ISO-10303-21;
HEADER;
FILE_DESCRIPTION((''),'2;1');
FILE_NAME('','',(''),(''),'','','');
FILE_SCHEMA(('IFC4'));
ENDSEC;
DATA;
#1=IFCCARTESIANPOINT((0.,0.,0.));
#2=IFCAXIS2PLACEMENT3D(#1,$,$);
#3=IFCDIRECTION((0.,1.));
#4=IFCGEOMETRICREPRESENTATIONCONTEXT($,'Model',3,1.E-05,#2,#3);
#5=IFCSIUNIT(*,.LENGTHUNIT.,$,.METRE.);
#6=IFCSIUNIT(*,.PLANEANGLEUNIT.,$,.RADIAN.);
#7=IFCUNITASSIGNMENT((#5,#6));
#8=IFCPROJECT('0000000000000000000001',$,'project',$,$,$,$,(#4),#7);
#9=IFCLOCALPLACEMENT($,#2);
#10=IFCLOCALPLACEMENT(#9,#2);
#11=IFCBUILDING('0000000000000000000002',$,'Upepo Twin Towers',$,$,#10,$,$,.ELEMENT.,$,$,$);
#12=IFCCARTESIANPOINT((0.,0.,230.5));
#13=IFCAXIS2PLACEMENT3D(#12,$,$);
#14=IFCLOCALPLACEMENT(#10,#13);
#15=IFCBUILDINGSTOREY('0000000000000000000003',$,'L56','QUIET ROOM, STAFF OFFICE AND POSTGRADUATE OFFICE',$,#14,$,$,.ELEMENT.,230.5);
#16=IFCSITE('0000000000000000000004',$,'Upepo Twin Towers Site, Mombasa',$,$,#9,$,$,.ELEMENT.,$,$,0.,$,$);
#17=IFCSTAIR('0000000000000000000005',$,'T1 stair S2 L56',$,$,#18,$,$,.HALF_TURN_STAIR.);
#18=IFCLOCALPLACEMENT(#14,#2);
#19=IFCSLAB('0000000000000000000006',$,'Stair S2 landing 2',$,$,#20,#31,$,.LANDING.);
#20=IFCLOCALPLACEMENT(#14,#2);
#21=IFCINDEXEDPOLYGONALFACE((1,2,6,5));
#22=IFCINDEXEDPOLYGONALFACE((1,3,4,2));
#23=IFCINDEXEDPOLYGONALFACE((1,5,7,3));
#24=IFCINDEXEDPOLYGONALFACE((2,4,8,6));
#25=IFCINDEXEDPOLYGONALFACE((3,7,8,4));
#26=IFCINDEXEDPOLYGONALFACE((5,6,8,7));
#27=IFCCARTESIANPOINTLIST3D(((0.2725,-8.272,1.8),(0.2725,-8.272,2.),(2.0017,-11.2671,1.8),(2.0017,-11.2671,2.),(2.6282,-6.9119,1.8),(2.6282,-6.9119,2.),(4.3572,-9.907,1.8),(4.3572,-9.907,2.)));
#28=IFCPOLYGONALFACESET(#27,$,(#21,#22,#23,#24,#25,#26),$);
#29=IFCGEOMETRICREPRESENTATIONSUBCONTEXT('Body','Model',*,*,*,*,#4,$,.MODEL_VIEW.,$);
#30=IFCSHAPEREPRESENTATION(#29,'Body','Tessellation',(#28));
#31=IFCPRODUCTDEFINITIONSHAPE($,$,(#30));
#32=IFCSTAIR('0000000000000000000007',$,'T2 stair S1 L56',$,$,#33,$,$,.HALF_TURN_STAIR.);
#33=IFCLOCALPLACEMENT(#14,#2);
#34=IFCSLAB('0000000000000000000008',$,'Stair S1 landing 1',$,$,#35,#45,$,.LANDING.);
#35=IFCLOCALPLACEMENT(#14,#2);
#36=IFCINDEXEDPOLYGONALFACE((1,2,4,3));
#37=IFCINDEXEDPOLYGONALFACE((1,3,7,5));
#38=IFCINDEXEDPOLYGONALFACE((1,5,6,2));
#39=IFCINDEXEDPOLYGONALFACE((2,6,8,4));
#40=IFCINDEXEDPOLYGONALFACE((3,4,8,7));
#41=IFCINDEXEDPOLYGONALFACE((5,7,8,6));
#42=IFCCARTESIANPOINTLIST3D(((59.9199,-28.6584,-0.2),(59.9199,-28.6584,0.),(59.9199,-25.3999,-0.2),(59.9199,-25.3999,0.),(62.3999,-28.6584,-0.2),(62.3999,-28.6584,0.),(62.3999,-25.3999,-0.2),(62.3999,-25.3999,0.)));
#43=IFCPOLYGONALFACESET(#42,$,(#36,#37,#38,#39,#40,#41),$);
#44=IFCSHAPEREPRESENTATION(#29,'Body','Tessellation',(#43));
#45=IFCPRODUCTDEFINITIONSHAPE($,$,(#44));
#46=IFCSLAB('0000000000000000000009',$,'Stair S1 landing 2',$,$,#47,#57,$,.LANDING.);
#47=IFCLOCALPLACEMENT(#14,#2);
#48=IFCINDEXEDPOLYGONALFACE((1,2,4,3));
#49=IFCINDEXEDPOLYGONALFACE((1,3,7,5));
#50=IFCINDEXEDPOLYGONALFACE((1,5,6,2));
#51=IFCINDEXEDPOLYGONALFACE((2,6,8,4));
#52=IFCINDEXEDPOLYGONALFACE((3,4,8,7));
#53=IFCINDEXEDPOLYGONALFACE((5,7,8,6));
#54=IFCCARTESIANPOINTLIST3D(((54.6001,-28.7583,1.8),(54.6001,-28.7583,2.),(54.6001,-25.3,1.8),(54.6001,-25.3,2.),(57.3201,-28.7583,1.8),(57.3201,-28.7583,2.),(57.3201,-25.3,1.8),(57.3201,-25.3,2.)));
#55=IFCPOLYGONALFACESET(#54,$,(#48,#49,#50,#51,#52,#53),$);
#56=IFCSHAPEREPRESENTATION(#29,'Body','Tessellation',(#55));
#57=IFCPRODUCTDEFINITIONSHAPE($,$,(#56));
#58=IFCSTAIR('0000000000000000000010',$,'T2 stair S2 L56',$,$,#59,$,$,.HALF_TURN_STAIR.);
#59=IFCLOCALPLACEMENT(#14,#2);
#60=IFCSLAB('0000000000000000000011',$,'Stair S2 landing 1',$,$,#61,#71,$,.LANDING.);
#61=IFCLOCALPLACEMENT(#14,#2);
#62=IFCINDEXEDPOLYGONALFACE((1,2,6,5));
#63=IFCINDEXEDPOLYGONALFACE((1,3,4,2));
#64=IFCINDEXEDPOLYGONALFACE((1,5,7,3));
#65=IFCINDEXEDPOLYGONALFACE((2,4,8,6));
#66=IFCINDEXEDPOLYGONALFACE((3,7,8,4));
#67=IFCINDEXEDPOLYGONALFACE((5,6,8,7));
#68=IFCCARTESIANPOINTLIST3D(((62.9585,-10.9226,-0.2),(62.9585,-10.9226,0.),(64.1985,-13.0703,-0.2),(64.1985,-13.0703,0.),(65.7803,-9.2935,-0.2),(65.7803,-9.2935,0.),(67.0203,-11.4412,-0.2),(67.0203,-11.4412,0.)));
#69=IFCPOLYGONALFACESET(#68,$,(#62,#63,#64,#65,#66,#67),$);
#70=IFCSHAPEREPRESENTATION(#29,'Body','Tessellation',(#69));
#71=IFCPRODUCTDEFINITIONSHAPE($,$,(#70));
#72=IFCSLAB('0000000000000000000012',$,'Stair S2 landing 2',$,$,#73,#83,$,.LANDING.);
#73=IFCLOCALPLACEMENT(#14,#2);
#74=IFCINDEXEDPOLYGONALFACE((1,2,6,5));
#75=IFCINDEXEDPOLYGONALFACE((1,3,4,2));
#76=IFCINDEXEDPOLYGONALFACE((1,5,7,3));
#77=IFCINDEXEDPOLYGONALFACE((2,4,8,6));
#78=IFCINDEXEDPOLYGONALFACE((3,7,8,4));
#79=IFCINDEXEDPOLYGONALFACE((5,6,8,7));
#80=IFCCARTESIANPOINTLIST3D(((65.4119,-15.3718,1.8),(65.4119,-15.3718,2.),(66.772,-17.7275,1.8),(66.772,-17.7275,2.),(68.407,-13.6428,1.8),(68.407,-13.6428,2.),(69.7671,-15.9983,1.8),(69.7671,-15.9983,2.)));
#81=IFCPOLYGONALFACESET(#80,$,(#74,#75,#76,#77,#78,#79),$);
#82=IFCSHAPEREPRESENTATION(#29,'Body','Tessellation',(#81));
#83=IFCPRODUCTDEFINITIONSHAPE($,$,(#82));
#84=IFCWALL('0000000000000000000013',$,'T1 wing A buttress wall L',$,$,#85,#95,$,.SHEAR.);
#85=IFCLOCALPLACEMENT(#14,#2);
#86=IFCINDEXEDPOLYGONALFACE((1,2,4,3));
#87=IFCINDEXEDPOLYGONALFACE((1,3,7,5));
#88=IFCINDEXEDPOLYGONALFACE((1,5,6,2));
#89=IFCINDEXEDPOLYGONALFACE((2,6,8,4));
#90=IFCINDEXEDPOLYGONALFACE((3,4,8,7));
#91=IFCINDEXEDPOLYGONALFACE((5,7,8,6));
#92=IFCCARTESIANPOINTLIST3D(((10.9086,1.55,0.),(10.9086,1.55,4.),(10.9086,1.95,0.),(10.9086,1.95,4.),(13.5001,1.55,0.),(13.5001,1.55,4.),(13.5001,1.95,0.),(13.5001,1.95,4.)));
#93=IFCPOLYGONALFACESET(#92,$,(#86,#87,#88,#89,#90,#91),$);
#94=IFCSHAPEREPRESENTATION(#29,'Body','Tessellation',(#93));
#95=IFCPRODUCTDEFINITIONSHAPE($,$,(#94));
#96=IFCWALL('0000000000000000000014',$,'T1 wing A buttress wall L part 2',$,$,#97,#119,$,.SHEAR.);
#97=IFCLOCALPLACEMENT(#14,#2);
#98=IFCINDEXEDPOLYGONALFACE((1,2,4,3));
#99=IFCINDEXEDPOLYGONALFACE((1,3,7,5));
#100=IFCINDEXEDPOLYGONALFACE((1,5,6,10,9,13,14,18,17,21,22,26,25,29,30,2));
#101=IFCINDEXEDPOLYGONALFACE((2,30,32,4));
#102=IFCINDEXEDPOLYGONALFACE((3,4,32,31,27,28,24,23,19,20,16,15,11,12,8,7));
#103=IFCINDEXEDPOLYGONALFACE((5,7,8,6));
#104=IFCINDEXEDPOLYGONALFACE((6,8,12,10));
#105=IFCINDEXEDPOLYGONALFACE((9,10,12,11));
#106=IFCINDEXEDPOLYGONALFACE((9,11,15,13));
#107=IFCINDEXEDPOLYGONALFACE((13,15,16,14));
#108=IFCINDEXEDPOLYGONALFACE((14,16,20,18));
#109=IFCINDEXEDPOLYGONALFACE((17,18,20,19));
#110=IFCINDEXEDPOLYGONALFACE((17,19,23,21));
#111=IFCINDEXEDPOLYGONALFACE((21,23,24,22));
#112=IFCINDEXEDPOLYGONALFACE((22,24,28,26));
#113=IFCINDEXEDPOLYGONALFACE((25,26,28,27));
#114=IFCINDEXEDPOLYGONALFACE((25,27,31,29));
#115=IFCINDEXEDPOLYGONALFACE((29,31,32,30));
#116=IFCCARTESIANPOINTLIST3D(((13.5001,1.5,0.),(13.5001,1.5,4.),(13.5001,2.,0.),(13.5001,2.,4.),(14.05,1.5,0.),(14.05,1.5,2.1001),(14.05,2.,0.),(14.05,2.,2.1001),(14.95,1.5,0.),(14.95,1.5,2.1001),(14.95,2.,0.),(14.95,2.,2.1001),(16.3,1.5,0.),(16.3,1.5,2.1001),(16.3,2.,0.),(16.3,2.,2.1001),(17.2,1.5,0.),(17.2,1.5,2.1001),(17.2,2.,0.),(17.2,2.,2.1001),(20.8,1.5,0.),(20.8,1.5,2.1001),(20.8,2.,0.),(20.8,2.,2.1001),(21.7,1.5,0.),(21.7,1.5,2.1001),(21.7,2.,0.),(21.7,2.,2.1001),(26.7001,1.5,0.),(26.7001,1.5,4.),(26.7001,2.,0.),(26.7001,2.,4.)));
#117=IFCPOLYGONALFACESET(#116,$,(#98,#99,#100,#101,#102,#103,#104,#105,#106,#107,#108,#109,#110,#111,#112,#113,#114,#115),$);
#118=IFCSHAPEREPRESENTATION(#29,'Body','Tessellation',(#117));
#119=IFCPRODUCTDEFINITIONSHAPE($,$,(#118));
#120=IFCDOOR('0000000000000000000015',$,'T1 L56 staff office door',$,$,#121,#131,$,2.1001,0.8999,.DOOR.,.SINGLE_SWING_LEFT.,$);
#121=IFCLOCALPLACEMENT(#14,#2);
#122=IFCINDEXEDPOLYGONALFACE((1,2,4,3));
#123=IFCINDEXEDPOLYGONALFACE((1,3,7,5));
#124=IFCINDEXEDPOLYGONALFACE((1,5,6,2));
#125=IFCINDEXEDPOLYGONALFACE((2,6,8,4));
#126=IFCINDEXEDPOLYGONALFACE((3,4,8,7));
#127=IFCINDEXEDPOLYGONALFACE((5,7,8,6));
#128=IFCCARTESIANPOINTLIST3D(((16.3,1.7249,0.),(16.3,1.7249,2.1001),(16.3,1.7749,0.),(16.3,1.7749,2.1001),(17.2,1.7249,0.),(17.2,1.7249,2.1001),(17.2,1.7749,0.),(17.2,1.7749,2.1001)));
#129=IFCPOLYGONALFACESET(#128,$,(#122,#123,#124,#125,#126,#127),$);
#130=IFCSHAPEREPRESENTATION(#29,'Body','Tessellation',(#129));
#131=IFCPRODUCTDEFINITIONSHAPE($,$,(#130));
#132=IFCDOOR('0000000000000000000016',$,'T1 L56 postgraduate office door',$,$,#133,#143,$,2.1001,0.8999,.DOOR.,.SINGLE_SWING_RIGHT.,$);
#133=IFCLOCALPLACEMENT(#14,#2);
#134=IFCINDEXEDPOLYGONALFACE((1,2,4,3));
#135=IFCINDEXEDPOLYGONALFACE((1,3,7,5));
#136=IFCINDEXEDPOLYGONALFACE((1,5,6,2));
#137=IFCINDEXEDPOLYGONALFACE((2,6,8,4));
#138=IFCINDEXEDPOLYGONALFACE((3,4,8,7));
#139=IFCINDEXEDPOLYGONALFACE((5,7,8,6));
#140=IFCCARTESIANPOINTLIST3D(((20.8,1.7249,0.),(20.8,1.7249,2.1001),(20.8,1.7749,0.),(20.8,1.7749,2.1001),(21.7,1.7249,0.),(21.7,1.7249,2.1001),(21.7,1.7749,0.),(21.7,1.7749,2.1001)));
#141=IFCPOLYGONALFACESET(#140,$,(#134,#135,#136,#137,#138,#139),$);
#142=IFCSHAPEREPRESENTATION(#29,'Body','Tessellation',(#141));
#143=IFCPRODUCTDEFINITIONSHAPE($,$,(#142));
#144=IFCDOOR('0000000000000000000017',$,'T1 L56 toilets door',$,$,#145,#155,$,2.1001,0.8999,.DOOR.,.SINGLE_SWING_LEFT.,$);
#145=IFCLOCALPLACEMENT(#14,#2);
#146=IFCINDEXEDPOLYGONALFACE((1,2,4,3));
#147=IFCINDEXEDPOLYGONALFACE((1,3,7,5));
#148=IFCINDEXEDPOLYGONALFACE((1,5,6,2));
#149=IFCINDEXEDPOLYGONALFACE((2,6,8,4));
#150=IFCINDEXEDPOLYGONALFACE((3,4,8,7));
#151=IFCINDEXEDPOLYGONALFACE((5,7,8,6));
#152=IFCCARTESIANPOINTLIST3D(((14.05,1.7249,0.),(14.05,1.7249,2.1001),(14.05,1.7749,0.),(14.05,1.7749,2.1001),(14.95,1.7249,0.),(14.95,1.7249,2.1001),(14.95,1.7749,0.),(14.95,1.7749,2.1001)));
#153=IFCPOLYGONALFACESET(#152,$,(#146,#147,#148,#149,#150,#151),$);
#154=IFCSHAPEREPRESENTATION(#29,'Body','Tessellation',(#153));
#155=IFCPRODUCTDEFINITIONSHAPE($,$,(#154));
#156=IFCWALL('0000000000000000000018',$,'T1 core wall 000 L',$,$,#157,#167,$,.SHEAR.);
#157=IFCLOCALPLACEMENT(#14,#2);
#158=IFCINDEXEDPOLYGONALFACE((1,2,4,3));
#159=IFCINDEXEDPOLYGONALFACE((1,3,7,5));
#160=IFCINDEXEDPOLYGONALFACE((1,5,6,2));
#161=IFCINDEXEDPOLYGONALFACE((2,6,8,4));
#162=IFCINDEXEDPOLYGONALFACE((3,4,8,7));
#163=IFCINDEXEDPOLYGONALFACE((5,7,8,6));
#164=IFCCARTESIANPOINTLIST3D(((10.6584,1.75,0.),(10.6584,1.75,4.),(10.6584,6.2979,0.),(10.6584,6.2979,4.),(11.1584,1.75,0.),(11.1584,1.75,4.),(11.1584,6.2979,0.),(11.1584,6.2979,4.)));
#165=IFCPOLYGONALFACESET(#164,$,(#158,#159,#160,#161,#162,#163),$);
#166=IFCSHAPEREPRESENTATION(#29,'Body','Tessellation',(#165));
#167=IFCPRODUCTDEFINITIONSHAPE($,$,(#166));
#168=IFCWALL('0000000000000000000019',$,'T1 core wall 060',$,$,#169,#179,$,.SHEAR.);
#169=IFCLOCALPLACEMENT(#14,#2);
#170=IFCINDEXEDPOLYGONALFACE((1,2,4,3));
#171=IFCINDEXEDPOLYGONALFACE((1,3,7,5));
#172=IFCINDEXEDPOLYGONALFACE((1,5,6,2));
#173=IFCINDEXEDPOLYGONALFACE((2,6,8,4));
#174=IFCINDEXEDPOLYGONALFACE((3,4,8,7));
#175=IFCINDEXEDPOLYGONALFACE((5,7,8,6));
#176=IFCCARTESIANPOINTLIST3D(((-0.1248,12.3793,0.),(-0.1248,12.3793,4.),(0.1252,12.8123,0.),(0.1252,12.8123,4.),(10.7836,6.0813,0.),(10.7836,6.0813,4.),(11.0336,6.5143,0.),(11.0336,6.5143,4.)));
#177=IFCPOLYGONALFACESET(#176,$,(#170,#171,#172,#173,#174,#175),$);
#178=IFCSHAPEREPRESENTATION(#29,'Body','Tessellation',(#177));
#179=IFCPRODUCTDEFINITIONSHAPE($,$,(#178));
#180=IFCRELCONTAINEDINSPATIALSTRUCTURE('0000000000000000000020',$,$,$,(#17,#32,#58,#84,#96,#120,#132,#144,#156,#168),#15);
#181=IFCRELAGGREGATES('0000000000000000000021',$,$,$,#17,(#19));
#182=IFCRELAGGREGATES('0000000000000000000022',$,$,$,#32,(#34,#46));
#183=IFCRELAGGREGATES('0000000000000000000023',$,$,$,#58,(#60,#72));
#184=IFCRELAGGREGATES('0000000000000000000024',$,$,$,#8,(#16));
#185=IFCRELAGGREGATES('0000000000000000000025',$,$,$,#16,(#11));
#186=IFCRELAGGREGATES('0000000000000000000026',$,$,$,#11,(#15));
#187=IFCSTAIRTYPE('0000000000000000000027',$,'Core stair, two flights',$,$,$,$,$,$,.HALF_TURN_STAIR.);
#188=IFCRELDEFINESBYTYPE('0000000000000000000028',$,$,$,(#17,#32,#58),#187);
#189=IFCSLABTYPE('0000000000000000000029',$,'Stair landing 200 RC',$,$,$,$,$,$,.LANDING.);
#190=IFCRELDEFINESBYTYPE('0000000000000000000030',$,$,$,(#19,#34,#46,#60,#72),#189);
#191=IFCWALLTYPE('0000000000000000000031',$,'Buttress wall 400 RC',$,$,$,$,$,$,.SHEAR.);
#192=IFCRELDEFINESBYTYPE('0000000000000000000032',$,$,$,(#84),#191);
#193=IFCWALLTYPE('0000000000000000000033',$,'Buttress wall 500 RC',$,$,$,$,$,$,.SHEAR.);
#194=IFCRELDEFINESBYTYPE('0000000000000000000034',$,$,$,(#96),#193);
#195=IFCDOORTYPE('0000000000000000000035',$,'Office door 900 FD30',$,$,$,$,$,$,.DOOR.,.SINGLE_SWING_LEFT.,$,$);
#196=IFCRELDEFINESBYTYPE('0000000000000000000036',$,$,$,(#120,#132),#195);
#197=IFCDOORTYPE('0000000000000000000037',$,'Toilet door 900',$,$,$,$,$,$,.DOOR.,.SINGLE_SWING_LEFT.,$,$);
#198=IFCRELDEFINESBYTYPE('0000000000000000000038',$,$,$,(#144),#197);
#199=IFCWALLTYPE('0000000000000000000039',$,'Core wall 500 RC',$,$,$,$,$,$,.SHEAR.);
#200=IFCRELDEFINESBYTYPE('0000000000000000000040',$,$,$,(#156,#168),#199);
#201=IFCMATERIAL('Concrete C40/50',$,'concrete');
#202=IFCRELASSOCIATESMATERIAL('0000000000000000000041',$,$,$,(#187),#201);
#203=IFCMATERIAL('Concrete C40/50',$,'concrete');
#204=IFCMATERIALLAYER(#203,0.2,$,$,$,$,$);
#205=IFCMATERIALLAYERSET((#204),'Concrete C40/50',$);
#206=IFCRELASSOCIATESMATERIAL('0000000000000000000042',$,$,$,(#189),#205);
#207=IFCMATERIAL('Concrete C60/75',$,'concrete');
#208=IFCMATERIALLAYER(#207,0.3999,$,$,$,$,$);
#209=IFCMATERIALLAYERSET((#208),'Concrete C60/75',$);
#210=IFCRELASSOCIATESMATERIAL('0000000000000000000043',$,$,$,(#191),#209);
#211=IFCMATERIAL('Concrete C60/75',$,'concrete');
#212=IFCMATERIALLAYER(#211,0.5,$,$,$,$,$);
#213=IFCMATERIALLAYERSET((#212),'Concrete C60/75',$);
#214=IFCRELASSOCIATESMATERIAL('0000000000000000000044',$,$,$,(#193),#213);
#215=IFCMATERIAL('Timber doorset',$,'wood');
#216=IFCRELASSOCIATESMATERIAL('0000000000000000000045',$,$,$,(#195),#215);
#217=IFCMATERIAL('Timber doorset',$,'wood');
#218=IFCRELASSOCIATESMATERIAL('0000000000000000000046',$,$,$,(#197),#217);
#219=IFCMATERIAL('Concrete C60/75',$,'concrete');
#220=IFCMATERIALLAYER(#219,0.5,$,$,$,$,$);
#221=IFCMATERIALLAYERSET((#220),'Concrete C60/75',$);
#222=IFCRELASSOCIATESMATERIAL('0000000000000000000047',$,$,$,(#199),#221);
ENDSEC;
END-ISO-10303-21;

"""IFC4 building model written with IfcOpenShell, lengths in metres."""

from ifc_helpers import new_model, si_unit, direction, frame, frame_2d, origin, place, context, subcontext, project, spatial, polyline, rectangle, outline, extrude, material, layer, layer_set, type_object, element, fill, aggregate, save


model = new_model("IFC4")

# Units and contexts
model_context = context("Model", 3, precision=1e-05, world=origin(), true_north=direction((0.0, 1.0)))
body_context = subcontext(model_context, "Body", "Model", "MODEL_VIEW")
ifc_project = project(units=[si_unit("LENGTHUNIT", "METRE"), si_unit("PLANEANGLEUNIT", "RADIAN")], contexts=[model_context])

# Site, building, storey
site_placement = place(None, origin())
site = spatial("IfcSite", under=ifc_project, at=site_placement, Name="Upepo Twin Towers Site, Mombasa", CompositionType="ELEMENT", RefElevation=0.0)
building_placement = place(site_placement, origin())
building = spatial("IfcBuilding", under=site, at=building_placement, Name="Upepo Twin Towers", CompositionType="ELEMENT")
storey_placement = place(building_placement, frame((0.0, 0.0, 230.5)))
storey = spatial("IfcBuildingStorey", under=building, at=storey_placement, Name="L56", Description="QUIET ROOM, STAFF OFFICE AND POSTGRADUATE OFFICE", CompositionType="ELEMENT", Elevation=230.5)

# Stair, slab
ifc_material_1 = material(Name="Concrete C40/50", Category="concrete")
stair_type = type_object("IfcStairType", Name="Core stair, two flights", PredefinedType="HALF_TURN_STAIR", material=ifc_material_1)
stair_1_placement = place(storey_placement, origin())
stair_1 = element("IfcStair", 1, at=stair_1_placement, inside=storey, type_object=stair_type, Name="T1 stair S2 L56", PredefinedType="HALF_TURN_STAIR")
ifc_material_2 = material(Name="Concrete C40/50", Category="concrete")
ifc_layer_1 = layer(ifc_material_2, 0.2)
ifc_layer_set_1 = layer_set([ifc_layer_1], Name="Concrete C40/50")
slab_type = type_object("IfcSlabType", Name="Stair landing 200 RC", PredefinedType="LANDING", material=ifc_layer_set_1)
slab_1_placement = place(storey_placement, frame((0.0, 0.0, 1.8)))
slab_1 = element("IfcSlab", 2, at=slab_1_placement, type_object=slab_type, Name="Stair S2 landing 2", PredefinedType="LANDING", context=body_context, shape_type="SweptSolid", body=[
    extrude(outline(polyline([(0.2725, -8.272), (2.0017, -11.2671), (4.3572, -9.907), (2.6282, -6.9119), (0.2725, -8.272)])), origin(), (0.0, 0.0, 1.0), 0.2),
])
aggregate(stair_1, [slab_1])

# Stairs, slabs
stair_2_placement = place(storey_placement, origin())
stair_2 = element("IfcStair", 3, at=stair_2_placement, inside=storey, type_object=stair_type, Name="T2 stair S1 L56", PredefinedType="HALF_TURN_STAIR")
slab_2_placement = place(storey_placement, frame((0.0, 0.0, -0.2)))
slab_2 = element("IfcSlab", 4, at=slab_2_placement, type_object=slab_type, Name="Stair S1 landing 1", PredefinedType="LANDING", context=body_context, shape_type="SweptSolid", body=[
    extrude(outline(polyline([(59.9199, -25.3999), (59.9199, -28.6584), (62.3999, -28.6584), (62.3999, -25.3999), (59.9199, -25.3999)])), origin(), (0.0, 0.0, 1.0), 0.2),
])
slab_3_placement = place(storey_placement, frame((0.0, 0.0, 1.8)))
slab_3 = element("IfcSlab", 5, at=slab_3_placement, type_object=slab_type, Name="Stair S1 landing 2", PredefinedType="LANDING", context=body_context, shape_type="SweptSolid", body=[
    extrude(outline(polyline([(54.6001, -25.3), (54.6001, -28.7583), (57.3201, -28.7583), (57.3201, -25.3), (54.6001, -25.3)])), origin(), (0.0, 0.0, 1.0), 0.2),
])
aggregate(stair_2, [slab_2, slab_3])
stair_3_placement = place(storey_placement, origin())
stair_3 = element("IfcStair", 6, at=stair_3_placement, inside=storey, type_object=stair_type, Name="T2 stair S2 L56", PredefinedType="HALF_TURN_STAIR")
slab_4_placement = place(storey_placement, frame((0.0, 0.0, -0.2)))
slab_4 = element("IfcSlab", 7, at=slab_4_placement, type_object=slab_type, Name="Stair S2 landing 1", PredefinedType="LANDING", context=body_context, shape_type="SweptSolid", body=[
    extrude(outline(polyline([(64.1985, -13.0703), (67.0203, -11.4412), (65.7803, -9.2935), (62.9585, -10.9226), (64.1985, -13.0703)])), origin(), (0.0, 0.0, 1.0), 0.2),
])
slab_5_placement = place(storey_placement, frame((0.0, 0.0, 1.8)))
slab_5 = element("IfcSlab", 8, at=slab_5_placement, type_object=slab_type, Name="Stair S2 landing 2", PredefinedType="LANDING", context=body_context, shape_type="SweptSolid", body=[
    extrude(outline(polyline([(66.772, -17.7275), (69.7671, -15.9983), (68.407, -13.6428), (65.4119, -15.3718), (66.772, -17.7275)])), origin(), (0.0, 0.0, 1.0), 0.2),
])
aggregate(stair_3, [slab_4, slab_5])

# Wall
ifc_material_3 = material(Name="Concrete C60/75", Category="concrete")
ifc_layer_2 = layer(ifc_material_3, 0.3999)
ifc_layer_set_2 = layer_set([ifc_layer_2], Name="Concrete C60/75")
wall_type_1 = type_object("IfcWallType", Name="Buttress wall 400 RC", PredefinedType="SHEAR", material=ifc_layer_set_2)
wall_1_placement = place(storey_placement, frame((10.9084, 1.75, 0.0), z_axis=(0.0, 0.0, 1.0), x_axis=(1.0, 0.0, 0.0)))
element("IfcWall", 9, at=wall_1_placement, inside=storey, type_object=wall_type_1, Name="T1 wing A buttress wall L", PredefinedType="SHEAR", context=body_context, shape_type="SweptSolid", body=[
    extrude(rectangle(XDim=2.5916, YDim=0.3999, at=frame_2d((1.2959, 0.0))), origin(), (0.0, 0.0, 1.0), 4.0),
])

# Wall, openings, doors
ifc_material_4 = material(Name="Concrete C60/75", Category="concrete")
ifc_layer_3 = layer(ifc_material_4, 0.5)
ifc_layer_set_3 = layer_set([ifc_layer_3], Name="Concrete C60/75")
wall_type_2 = type_object("IfcWallType", Name="Buttress wall 500 RC", PredefinedType="SHEAR", material=ifc_layer_set_3)
wall_2_placement = place(storey_placement, frame((13.5, 1.75, 0.0), z_axis=(0.0, 0.0, 1.0), x_axis=(1.0, 0.0, 0.0)))
wall_2 = element("IfcWall", 10, at=wall_2_placement, inside=storey, type_object=wall_type_2, Name="T1 wing A buttress wall L part 2", PredefinedType="SHEAR", context=body_context, shape_type="SweptSolid", body=[
    extrude(rectangle(XDim=13.2, YDim=0.5, at=frame_2d((6.6001, 0.0))), origin(), (0.0, 0.0, 1.0), 4.0),
])
opening_1_placement = place(wall_2_placement, frame((0.55, 0.0, 0.0)))
opening_1 = element("IfcOpeningElement", 11, at=opening_1_placement, cuts=wall_2, PredefinedType="OPENING", context=body_context, shape_type="SweptSolid", body=[
    extrude(rectangle(XDim=0.8999, YDim=2.1001, at=frame_2d((0.45, 1.05))), frame((0.0, 0.26, 0.0), z_axis=(0.0, -1.0, 0.0), x_axis=(1.0, 0.0, 0.0)), (0.0, 0.0, 1.0), 0.52),
])
opening_2_placement = place(wall_2_placement, frame((2.8, 0.0, 0.0)))
opening_2 = element("IfcOpeningElement", 12, at=opening_2_placement, cuts=wall_2, PredefinedType="OPENING", context=body_context, shape_type="SweptSolid", body=[
    extrude(rectangle(XDim=0.8999, YDim=2.1001, at=frame_2d((0.45, 1.05))), frame((0.0, 0.26, 0.0), z_axis=(0.0, -1.0, 0.0), x_axis=(1.0, 0.0, 0.0)), (0.0, 0.0, 1.0), 0.52),
])
opening_3_placement = place(wall_2_placement, frame((7.3, 0.0, 0.0)))
opening_3 = element("IfcOpeningElement", 13, at=opening_3_placement, cuts=wall_2, PredefinedType="OPENING", context=body_context, shape_type="SweptSolid", body=[
    extrude(rectangle(XDim=0.8999, YDim=2.1001, at=frame_2d((0.45, 1.05))), frame((0.0, 0.26, 0.0), z_axis=(0.0, -1.0, 0.0), x_axis=(1.0, 0.0, 0.0)), (0.0, 0.0, 1.0), 0.52),
])
ifc_material_5 = material(Name="Timber doorset", Category="wood")
door_type_1 = type_object("IfcDoorType", Name="Office door 900 FD30", OperationType="SINGLE_SWING_LEFT", PredefinedType="DOOR", material=ifc_material_5)
door_1_placement = place(opening_2_placement, origin())
door_1 = element("IfcDoor", 14, at=door_1_placement, inside=storey, type_object=door_type_1, Name="T1 L56 staff office door", OperationType="SINGLE_SWING_LEFT", OverallHeight=2.1001, OverallWidth=0.8999, PredefinedType="DOOR", context=body_context, shape_type="SweptSolid", body=[
    extrude(rectangle(XDim=0.8999, YDim=2.1001, at=frame_2d((0.45, 1.05))), frame((0.0, 0.0249, 0.0), z_axis=(0.0, -1.0, 0.0), x_axis=(1.0, 0.0, 0.0)), (0.0, 0.0, 1.0), 0.05),
])
fill(opening_2, door_1)
door_2_placement = place(opening_3_placement, origin())
door_2 = element("IfcDoor", 15, at=door_2_placement, inside=storey, type_object=door_type_1, Name="T1 L56 postgraduate office door", OperationType="SINGLE_SWING_RIGHT", OverallHeight=2.1001, OverallWidth=0.8999, PredefinedType="DOOR", context=body_context, shape_type="SweptSolid", body=[
    extrude(rectangle(XDim=0.8999, YDim=2.1001, at=frame_2d((0.45, 1.05))), frame((0.0, 0.0249, 0.0), z_axis=(0.0, -1.0, 0.0), x_axis=(1.0, 0.0, 0.0)), (0.0, 0.0, 1.0), 0.05),
])
fill(opening_3, door_2)
ifc_material_6 = material(Name="Timber doorset", Category="wood")
door_type_2 = type_object("IfcDoorType", Name="Toilet door 900", OperationType="SINGLE_SWING_LEFT", PredefinedType="DOOR", material=ifc_material_6)
door_3_placement = place(opening_1_placement, origin())
door_3 = element("IfcDoor", 16, at=door_3_placement, inside=storey, type_object=door_type_2, Name="T1 L56 toilets door", OperationType="SINGLE_SWING_LEFT", OverallHeight=2.1001, OverallWidth=0.8999, PredefinedType="DOOR", context=body_context, shape_type="SweptSolid", body=[
    extrude(rectangle(XDim=0.8999, YDim=2.1001, at=frame_2d((0.45, 1.05))), frame((0.0, 0.0249, 0.0), z_axis=(0.0, -1.0, 0.0), x_axis=(1.0, 0.0, 0.0)), (0.0, 0.0, 1.0), 0.05),
])
fill(opening_1, door_3)

# Walls
ifc_material_7 = material(Name="Concrete C60/75", Category="concrete")
ifc_layer_4 = layer(ifc_material_7, 0.5)
ifc_layer_set_4 = layer_set([ifc_layer_4], Name="Concrete C60/75")
wall_type_3 = type_object("IfcWallType", Name="Core wall 500 RC", PredefinedType="SHEAR", material=ifc_layer_set_4)
wall_3_placement = place(storey_placement, frame((10.9084, 1.75, 0.0), z_axis=(0.0, 0.0, 1.0), x_axis=(0.0, 1.0, 0.0)))
element("IfcWall", 17, at=wall_3_placement, inside=storey, type_object=wall_type_3, Name="T1 core wall 000 L", PredefinedType="SHEAR", context=body_context, shape_type="SweptSolid", body=[
    extrude(rectangle(XDim=4.5479, YDim=0.5, at=frame_2d((2.2739, 0.0))), origin(), (0.0, 0.0, 1.0), 4.0),
])
wall_4_placement = place(storey_placement, frame((10.9084, 6.2979, 0.0), z_axis=(0.0, 0.0, 1.0), x_axis=(-0.866022, 0.500006, 0.0)))
element("IfcWall", 18, at=wall_4_placement, inside=storey, type_object=wall_type_3, Name="T1 core wall 060", PredefinedType="SHEAR", context=body_context, shape_type="SweptSolid", body=[
    extrude(rectangle(XDim=12.5959, YDim=0.5, at=frame_2d((6.2979, 0.0))), origin(), (0.0, 0.0, 1.0), 4.0),
])

save(model, "model.ifc")
